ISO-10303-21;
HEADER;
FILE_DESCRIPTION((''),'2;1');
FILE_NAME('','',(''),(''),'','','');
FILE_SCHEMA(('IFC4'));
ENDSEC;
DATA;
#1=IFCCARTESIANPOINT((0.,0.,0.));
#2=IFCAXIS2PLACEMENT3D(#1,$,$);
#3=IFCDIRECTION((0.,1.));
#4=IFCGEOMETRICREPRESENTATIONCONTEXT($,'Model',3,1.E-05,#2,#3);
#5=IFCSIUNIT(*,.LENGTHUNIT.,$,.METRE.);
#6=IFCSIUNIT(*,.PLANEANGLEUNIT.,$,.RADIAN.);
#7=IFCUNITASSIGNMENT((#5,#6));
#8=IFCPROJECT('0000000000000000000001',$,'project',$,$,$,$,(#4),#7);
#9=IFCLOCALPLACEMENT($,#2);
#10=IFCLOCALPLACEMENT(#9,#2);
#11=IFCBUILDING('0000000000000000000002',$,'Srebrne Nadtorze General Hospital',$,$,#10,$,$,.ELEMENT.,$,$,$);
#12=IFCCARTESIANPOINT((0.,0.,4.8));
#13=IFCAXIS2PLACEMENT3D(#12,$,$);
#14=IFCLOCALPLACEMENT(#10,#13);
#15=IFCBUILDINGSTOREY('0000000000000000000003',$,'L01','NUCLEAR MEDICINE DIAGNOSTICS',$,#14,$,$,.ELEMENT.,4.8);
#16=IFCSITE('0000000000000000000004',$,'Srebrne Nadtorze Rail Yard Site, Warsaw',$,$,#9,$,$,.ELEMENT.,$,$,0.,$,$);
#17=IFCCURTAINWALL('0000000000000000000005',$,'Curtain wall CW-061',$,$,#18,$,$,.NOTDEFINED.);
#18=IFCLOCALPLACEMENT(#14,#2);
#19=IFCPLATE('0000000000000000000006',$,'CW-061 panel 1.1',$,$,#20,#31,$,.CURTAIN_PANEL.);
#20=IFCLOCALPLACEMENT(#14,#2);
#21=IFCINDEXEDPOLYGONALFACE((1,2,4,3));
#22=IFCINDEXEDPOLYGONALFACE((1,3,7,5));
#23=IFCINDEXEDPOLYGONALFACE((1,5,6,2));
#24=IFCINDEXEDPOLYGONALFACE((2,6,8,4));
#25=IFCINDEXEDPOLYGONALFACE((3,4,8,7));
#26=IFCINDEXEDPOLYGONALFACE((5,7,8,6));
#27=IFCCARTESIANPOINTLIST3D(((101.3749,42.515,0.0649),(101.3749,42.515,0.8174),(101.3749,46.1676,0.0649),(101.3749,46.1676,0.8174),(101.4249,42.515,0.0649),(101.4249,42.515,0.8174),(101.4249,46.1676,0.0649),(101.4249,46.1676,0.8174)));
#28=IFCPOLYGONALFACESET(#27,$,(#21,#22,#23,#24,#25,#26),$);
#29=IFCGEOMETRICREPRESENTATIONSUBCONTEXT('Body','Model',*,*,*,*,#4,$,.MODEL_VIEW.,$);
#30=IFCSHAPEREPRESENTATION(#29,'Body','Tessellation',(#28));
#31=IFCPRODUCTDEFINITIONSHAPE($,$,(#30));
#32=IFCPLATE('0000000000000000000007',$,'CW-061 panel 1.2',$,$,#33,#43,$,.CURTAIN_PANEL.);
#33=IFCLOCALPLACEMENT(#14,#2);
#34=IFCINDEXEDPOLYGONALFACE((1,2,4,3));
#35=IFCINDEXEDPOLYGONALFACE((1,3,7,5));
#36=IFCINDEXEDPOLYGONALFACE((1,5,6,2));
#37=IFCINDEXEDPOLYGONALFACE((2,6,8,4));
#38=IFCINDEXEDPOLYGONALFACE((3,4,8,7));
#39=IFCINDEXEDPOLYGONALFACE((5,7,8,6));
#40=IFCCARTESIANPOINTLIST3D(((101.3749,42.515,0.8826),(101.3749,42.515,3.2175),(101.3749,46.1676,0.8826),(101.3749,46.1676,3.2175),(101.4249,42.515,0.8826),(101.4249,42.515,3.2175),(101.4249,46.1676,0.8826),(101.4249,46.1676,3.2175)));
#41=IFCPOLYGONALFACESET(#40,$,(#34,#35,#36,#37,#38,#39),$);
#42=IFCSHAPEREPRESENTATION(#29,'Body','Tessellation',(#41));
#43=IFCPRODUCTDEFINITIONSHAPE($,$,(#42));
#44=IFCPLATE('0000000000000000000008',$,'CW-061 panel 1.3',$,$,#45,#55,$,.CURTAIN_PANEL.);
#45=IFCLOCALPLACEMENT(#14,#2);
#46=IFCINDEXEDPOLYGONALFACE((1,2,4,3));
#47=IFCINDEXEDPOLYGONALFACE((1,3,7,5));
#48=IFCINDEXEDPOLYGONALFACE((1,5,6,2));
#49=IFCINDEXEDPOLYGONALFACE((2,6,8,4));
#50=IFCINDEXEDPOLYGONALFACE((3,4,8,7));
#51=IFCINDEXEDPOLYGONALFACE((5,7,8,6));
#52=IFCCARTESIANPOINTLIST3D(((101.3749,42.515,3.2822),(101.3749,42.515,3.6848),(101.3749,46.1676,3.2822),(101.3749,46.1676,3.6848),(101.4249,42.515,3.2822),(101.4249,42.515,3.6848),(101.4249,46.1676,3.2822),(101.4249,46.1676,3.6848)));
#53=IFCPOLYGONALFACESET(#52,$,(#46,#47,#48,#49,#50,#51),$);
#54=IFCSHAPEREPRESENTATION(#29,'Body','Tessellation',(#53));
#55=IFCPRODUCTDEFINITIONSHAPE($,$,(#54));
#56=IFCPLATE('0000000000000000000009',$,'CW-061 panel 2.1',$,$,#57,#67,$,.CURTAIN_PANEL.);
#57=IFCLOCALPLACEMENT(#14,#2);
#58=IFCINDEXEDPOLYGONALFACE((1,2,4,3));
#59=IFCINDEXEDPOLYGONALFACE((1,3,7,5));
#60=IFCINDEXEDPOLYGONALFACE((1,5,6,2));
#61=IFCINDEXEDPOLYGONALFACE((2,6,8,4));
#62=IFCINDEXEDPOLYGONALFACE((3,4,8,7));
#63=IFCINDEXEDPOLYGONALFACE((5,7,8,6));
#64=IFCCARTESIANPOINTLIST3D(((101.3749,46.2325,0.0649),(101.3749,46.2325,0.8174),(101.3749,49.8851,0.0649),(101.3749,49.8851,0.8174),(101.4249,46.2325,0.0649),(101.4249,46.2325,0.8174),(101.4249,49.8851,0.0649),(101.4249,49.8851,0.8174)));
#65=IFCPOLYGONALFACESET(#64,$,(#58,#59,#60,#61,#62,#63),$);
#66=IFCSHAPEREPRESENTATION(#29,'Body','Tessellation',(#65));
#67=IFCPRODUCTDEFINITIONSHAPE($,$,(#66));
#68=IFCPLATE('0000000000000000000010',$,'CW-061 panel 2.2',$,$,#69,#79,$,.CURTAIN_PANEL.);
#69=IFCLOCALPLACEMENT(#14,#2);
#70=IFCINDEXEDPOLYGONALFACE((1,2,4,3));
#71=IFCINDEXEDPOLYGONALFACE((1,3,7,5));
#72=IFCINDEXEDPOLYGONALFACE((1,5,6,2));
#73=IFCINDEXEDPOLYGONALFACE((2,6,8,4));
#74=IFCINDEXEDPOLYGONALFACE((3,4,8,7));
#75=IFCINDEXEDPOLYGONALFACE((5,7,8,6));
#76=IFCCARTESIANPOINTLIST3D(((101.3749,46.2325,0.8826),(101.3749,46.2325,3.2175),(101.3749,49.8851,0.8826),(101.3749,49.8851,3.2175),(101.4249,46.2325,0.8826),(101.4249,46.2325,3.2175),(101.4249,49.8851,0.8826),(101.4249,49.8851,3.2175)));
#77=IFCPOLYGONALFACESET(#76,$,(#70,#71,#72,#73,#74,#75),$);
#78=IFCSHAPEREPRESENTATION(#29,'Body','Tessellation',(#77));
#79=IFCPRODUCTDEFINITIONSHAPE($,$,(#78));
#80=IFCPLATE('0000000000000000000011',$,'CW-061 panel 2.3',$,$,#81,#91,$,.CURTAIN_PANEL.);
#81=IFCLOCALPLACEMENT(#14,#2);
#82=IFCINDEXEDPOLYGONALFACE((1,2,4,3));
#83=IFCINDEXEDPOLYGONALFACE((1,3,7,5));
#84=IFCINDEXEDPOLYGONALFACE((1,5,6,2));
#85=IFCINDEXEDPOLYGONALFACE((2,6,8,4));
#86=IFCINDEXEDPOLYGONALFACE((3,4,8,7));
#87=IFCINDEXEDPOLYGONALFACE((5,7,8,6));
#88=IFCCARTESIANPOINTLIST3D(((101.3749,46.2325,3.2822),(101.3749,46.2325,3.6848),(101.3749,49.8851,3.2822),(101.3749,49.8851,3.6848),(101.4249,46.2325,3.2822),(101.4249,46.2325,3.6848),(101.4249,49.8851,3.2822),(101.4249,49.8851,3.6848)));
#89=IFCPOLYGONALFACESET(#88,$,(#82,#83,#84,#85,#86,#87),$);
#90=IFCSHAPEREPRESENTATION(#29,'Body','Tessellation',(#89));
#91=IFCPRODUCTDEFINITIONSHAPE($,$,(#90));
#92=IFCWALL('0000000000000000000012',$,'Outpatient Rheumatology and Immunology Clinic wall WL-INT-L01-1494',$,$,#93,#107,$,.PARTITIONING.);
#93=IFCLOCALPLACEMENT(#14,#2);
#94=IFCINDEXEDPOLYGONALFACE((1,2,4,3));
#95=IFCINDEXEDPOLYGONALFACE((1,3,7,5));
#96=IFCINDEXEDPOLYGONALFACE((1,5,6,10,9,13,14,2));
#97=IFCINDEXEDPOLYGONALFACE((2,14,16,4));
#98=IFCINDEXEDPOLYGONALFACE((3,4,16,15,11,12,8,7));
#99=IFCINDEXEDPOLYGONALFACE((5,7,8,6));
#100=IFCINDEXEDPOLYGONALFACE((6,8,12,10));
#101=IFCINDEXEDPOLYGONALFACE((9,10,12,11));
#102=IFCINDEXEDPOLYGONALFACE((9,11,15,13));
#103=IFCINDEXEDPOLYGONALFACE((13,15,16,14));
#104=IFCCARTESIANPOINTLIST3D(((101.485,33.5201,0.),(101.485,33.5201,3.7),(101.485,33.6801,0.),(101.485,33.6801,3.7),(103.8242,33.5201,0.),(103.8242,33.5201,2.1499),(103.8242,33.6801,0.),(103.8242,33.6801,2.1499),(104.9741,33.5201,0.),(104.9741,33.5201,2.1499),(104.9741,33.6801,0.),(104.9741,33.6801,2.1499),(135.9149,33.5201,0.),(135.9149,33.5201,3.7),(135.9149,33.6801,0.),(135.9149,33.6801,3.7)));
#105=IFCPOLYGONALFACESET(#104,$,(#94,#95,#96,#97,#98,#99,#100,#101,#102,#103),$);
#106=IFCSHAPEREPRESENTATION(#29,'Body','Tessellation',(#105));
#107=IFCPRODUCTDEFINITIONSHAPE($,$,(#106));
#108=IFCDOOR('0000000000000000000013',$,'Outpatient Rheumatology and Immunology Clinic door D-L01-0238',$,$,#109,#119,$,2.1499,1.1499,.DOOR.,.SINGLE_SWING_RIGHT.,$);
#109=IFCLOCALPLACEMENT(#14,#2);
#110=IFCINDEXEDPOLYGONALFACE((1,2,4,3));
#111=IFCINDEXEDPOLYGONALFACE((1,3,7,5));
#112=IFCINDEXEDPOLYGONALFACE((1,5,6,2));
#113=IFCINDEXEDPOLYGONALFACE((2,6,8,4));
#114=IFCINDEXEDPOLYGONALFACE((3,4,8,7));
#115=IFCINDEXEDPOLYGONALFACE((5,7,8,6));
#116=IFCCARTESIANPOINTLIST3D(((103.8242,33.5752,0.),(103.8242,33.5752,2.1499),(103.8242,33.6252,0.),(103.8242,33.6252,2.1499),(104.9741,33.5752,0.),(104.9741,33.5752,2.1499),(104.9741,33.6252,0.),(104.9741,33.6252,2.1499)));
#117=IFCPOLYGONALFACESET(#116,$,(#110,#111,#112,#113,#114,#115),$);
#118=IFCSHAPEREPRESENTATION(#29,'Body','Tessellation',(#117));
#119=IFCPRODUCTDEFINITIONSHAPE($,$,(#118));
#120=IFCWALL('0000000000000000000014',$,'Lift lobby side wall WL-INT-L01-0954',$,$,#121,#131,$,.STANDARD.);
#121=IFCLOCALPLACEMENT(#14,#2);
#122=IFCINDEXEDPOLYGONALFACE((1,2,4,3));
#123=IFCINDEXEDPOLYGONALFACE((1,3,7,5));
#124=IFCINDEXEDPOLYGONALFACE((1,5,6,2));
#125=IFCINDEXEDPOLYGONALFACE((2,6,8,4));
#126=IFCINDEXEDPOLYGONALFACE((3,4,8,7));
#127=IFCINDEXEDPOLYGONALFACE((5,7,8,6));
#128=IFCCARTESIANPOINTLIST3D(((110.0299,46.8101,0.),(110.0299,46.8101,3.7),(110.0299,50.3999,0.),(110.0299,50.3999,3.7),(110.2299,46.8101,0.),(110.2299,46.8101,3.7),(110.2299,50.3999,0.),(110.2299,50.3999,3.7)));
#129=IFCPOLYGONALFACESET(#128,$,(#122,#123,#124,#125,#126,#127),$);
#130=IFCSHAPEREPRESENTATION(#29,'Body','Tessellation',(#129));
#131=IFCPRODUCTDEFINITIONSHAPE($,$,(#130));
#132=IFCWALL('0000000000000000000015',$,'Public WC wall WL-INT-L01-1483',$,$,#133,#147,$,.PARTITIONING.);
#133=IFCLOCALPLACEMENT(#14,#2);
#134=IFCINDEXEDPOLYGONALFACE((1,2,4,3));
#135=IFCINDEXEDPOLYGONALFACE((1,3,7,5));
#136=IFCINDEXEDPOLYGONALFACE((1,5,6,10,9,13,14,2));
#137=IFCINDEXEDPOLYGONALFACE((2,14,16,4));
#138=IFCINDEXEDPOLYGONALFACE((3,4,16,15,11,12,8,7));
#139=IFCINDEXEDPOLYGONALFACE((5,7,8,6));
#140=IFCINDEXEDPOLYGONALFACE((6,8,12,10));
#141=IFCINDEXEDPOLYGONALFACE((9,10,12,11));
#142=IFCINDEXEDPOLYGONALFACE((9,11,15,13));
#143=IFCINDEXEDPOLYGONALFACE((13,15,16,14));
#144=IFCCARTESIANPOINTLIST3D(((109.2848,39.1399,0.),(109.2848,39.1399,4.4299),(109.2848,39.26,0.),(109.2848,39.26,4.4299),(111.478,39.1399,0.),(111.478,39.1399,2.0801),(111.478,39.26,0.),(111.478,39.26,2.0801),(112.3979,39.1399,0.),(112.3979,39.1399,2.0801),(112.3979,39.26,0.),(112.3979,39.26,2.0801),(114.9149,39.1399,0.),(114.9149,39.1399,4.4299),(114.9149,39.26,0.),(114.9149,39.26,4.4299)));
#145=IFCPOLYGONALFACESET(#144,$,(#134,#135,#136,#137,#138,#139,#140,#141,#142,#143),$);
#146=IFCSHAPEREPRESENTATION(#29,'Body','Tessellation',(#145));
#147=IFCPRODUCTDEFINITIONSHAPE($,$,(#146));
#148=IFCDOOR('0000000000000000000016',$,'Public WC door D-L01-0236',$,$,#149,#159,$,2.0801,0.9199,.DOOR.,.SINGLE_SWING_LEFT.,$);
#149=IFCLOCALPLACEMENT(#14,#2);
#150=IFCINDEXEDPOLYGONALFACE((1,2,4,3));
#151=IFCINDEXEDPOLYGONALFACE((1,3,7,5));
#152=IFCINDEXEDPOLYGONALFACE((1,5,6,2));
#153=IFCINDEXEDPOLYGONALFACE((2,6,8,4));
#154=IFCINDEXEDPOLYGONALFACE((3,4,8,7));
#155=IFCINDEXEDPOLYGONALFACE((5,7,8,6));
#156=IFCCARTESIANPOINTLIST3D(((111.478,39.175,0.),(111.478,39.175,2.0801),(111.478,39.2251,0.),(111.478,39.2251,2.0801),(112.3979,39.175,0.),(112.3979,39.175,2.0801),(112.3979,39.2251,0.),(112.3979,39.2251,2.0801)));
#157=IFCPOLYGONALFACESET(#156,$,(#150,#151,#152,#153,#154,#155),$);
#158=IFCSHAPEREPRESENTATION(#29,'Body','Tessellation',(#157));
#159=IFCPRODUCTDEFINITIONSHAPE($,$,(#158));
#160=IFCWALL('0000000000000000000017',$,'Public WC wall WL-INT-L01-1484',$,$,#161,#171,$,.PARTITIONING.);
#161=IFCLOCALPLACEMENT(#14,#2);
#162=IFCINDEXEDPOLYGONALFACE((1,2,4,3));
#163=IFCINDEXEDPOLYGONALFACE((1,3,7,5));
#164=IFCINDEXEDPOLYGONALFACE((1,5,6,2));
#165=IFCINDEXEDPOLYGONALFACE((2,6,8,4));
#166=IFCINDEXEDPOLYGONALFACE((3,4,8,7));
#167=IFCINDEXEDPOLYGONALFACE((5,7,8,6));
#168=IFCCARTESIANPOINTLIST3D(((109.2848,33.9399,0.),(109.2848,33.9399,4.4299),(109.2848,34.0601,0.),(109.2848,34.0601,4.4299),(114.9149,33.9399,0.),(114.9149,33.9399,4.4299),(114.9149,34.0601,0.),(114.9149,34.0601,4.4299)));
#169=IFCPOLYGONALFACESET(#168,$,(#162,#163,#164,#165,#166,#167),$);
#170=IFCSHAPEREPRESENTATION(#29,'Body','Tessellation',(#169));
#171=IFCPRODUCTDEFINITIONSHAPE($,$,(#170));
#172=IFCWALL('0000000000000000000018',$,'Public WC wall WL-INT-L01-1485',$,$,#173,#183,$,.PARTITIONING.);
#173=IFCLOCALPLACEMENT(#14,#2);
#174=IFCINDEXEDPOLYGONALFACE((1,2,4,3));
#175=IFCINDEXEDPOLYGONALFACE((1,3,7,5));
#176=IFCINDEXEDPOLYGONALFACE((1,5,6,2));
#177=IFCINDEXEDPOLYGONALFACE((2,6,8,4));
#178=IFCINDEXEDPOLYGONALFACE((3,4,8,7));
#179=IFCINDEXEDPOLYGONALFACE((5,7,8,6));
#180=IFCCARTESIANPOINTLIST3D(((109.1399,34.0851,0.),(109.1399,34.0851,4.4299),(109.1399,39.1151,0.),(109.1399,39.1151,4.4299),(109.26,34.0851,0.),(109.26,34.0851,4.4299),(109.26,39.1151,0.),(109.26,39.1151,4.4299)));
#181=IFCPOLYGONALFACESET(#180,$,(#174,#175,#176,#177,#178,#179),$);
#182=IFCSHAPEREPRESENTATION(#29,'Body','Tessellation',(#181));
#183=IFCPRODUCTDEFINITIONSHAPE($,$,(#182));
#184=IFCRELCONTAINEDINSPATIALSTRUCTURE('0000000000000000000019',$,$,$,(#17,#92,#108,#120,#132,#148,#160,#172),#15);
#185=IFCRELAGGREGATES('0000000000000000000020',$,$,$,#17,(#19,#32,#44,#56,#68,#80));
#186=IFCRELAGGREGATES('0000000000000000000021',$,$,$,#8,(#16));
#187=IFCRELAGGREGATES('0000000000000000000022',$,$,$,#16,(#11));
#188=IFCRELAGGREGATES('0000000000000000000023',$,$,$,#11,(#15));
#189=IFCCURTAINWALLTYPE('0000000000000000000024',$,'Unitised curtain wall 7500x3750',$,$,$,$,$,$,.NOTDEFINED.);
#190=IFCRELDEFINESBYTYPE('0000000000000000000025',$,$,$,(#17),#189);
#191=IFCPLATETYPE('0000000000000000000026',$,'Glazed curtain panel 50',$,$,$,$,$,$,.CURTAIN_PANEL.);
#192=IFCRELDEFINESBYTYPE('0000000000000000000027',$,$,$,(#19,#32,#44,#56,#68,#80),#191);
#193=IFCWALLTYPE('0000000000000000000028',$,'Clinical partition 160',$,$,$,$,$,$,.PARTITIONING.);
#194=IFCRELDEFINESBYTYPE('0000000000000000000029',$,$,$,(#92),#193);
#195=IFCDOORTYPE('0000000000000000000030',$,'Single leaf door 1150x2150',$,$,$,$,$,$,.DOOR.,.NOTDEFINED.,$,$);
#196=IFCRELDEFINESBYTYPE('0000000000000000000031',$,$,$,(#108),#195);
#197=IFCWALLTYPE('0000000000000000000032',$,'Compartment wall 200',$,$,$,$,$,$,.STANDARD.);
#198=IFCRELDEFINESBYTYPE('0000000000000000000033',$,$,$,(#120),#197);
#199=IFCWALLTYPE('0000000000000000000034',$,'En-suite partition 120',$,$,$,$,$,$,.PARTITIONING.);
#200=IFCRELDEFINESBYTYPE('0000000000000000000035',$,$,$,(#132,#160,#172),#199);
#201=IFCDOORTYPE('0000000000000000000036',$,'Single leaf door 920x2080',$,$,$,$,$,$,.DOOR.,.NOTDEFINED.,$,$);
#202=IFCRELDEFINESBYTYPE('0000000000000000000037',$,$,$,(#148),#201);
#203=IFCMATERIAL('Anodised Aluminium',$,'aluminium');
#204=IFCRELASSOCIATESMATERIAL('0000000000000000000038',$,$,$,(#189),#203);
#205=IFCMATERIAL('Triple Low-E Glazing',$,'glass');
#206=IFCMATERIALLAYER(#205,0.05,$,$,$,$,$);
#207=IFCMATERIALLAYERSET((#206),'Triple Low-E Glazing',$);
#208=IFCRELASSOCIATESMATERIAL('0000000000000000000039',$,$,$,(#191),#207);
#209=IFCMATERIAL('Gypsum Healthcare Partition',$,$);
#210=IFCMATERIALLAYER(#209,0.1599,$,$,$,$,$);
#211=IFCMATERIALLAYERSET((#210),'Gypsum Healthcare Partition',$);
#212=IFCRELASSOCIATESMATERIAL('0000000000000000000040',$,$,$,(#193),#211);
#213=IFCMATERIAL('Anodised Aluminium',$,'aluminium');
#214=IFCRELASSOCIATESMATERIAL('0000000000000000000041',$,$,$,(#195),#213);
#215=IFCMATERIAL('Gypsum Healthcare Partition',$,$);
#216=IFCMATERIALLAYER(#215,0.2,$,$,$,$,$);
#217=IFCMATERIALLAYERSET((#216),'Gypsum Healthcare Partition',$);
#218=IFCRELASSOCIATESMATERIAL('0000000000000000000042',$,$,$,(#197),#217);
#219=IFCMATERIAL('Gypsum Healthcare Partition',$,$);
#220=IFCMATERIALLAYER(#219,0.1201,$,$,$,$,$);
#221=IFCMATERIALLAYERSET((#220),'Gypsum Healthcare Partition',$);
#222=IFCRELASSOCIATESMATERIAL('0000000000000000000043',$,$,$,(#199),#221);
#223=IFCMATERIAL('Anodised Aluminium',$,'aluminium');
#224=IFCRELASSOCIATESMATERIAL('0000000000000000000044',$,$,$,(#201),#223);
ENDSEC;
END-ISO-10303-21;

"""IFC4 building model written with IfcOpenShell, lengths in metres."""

from ifc_helpers import new_model, si_unit, direction, frame, frame_2d, origin, origin_2d, place, context, subcontext, project, spatial, rectangle, extrude, material, layer, layer_set, type_object, element, fill, aggregate, save


model = new_model("IFC4")

# Units and contexts
model_context = context("Model", 3, precision=1e-05, world=origin(), true_north=direction((0.0, 1.0)))
body_context = subcontext(model_context, "Body", "Model", "MODEL_VIEW")
ifc_project = project(units=[si_unit("LENGTHUNIT", "METRE"), si_unit("PLANEANGLEUNIT", "RADIAN")], contexts=[model_context])

# Site, building, storey
site_placement = place(None, origin())
site = spatial("IfcSite", under=ifc_project, at=site_placement, Name="Srebrne Nadtorze Rail Yard Site, Warsaw", CompositionType="ELEMENT", RefElevation=0.0)
building_placement = place(site_placement, origin())
building = spatial("IfcBuilding", under=site, at=building_placement, Name="Srebrne Nadtorze General Hospital", CompositionType="ELEMENT")
storey_placement = place(building_placement, frame((0.0, 0.0, 4.8)))
storey = spatial("IfcBuildingStorey", under=building, at=storey_placement, Name="L01", Description="NUCLEAR MEDICINE DIAGNOSTICS", CompositionType="ELEMENT", Elevation=4.8)

# Curtain wall, plates
ifc_material_1 = material(Name="Anodised Aluminium", Category="aluminium")
curtain_wall_type = type_object("IfcCurtainWallType", Name="Unitised curtain wall 7500x3750", PredefinedType="NOTDEFINED", material=ifc_material_1)
curtain_wall_placement = place(storey_placement, origin())
curtain_wall = element("IfcCurtainWall", 1, at=curtain_wall_placement, inside=storey, type_object=curtain_wall_type, Name="Curtain wall CW-061", PredefinedType="NOTDEFINED")
ifc_material_2 = material(Name="Triple Low-E Glazing", Category="glass")
ifc_layer_1 = layer(ifc_material_2, 0.05)
ifc_layer_set_1 = layer_set([ifc_layer_1], Name="Triple Low-E Glazing")
plate_type = type_object("IfcPlateType", Name="Glazed curtain panel 50", PredefinedType="CURTAIN_PANEL", material=ifc_layer_set_1)
plate_1_placement = place(storey_placement, frame((101.3999, 44.3413, 0.0649), z_axis=(0.0, 0.0, 1.0), x_axis=(0.0, 1.0, 0.0)))
plate_1 = element("IfcPlate", 2, at=plate_1_placement, type_object=plate_type, Name="CW-061 panel 1.1", PredefinedType="CURTAIN_PANEL", context=body_context, shape_type="SweptSolid", body=[
    extrude(rectangle(XDim=3.6526, YDim=0.05, at=origin_2d()), origin(), (0.0, 0.0, 1.0), 0.7524),
])
plate_2_placement = place(storey_placement, frame((101.3999, 44.3413, 0.8826), z_axis=(0.0, 0.0, 1.0), x_axis=(0.0, 1.0, 0.0)))
plate_2 = element("IfcPlate", 3, at=plate_2_placement, type_object=plate_type, Name="CW-061 panel 1.2", PredefinedType="CURTAIN_PANEL", context=body_context, shape_type="SweptSolid", body=[
    extrude(rectangle(XDim=3.6526, YDim=0.05, at=origin_2d()), origin(), (0.0, 0.0, 1.0), 2.335),
])
plate_3_placement = place(storey_placement, frame((101.3999, 44.3413, 3.2822), z_axis=(0.0, 0.0, 1.0), x_axis=(0.0, 1.0, 0.0)))
plate_3 = element("IfcPlate", 4, at=plate_3_placement, type_object=plate_type, Name="CW-061 panel 1.3", PredefinedType="CURTAIN_PANEL", context=body_context, shape_type="SweptSolid", body=[
    extrude(rectangle(XDim=3.6526, YDim=0.05, at=origin_2d()), origin(), (0.0, 0.0, 1.0), 0.4026),
])
plate_4_placement = place(storey_placement, frame((101.3999, 48.0588, 0.0649), z_axis=(0.0, 0.0, 1.0), x_axis=(0.0, 1.0, 0.0)))
plate_4 = element("IfcPlate", 5, at=plate_4_placement, type_object=plate_type, Name="CW-061 panel 2.1", PredefinedType="CURTAIN_PANEL", context=body_context, shape_type="SweptSolid", body=[
    extrude(rectangle(XDim=3.6526, YDim=0.05, at=origin_2d()), origin(), (0.0, 0.0, 1.0), 0.7524),
])
plate_5_placement = place(storey_placement, frame((101.3999, 48.0588, 0.8826), z_axis=(0.0, 0.0, 1.0), x_axis=(0.0, 1.0, 0.0)))
plate_5 = element("IfcPlate", 6, at=plate_5_placement, type_object=plate_type, Name="CW-061 panel 2.2", PredefinedType="CURTAIN_PANEL", context=body_context, shape_type="SweptSolid", body=[
    extrude(rectangle(XDim=3.6526, YDim=0.05, at=origin_2d()), origin(), (0.0, 0.0, 1.0), 2.335),
])
plate_6_placement = place(storey_placement, frame((101.3999, 48.0588, 3.2822), z_axis=(0.0, 0.0, 1.0), x_axis=(0.0, 1.0, 0.0)))
plate_6 = element("IfcPlate", 7, at=plate_6_placement, type_object=plate_type, Name="CW-061 panel 2.3", PredefinedType="CURTAIN_PANEL", context=body_context, shape_type="SweptSolid", body=[
    extrude(rectangle(XDim=3.6526, YDim=0.05, at=origin_2d()), origin(), (0.0, 0.0, 1.0), 0.4026),
])
aggregate(curtain_wall, [plate_1, plate_2, plate_3, plate_4, plate_5, plate_6])

# Wall, opening, door
ifc_material_3 = material(Name="Gypsum Healthcare Partition")
ifc_layer_2 = layer(ifc_material_3, 0.1599)
ifc_layer_set_2 = layer_set([ifc_layer_2], Name="Gypsum Healthcare Partition")
wall_type_1 = type_object("IfcWallType", Name="Clinical partition 160", PredefinedType="PARTITIONING", material=ifc_layer_set_2)
wall_1_placement = place(storey_placement, frame((101.4851, 33.6001, 0.0), z_axis=(0.0, 0.0, 1.0), x_axis=(1.0, 0.0, 0.0)))
wall_1 = element("IfcWall", 8, at=wall_1_placement, inside=storey, type_object=wall_type_1, Name="Outpatient Rheumatology and Immunology Clinic wall WL-INT-L01-1494", PredefinedType="PARTITIONING", context=body_context, shape_type="SweptSolid", body=[
    extrude(rectangle(XDim=34.4299, YDim=0.1599, at=frame_2d((17.2148, 0.0))), origin(), (0.0, 0.0, 1.0), 3.7),
])
opening_1_placement = place(wall_1_placement, frame((2.3391, 0.0, 0.0)))
opening_1 = element("IfcOpeningElement", 9, at=opening_1_placement, cuts=wall_1, PredefinedType="OPENING", context=body_context, shape_type="SweptSolid", body=[
    extrude(rectangle(XDim=1.1499, YDim=2.1499, at=frame_2d((0.575, 1.075))), frame((0.0, 0.0918, 0.0), z_axis=(0.0, -1.0, 0.0), x_axis=(1.0, 0.0, 0.0)), (0.0, 0.0, 1.0), 0.1838),
])
ifc_material_4 = material(Name="Anodised Aluminium", Category="aluminium")
door_type_1 = type_object("IfcDoorType", Name="Single leaf door 1150x2150", OperationType="NOTDEFINED", PredefinedType="DOOR", material=ifc_material_4)
door_1_placement = place(opening_1_placement, frame((1.1499, 0.0, 0.0), z_axis=(0.0, 0.0, 1.0), x_axis=(-1.0, 0.0, 0.0)))
door_1 = element("IfcDoor", 10, at=door_1_placement, inside=storey, type_object=door_type_1, Name="Outpatient Rheumatology and Immunology Clinic door D-L01-0238", OperationType="SINGLE_SWING_RIGHT", OverallHeight=2.1499, OverallWidth=1.1499, PredefinedType="DOOR", context=body_context, shape_type="SweptSolid", body=[
    extrude(rectangle(XDim=1.1499, YDim=2.1499, at=frame_2d((0.575, 1.075))), frame((0.0, 0.0249, 0.0), z_axis=(0.0, -1.0, 0.0), x_axis=(1.0, 0.0, 0.0)), (0.0, 0.0, 1.0), 0.05),
])
fill(opening_1, door_1)

# Wall
ifc_material_5 = material(Name="Gypsum Healthcare Partition")
ifc_layer_3 = layer(ifc_material_5, 0.2)
ifc_layer_set_3 = layer_set([ifc_layer_3], Name="Gypsum Healthcare Partition")
wall_type_2 = type_object("IfcWallType", Name="Compartment wall 200", PredefinedType="STANDARD", material=ifc_layer_set_3)
wall_2_placement = place(storey_placement, frame((110.1299, 46.8101, 0.0), z_axis=(0.0, 0.0, 1.0), x_axis=(0.0, 1.0, 0.0)))
element("IfcWall", 11, at=wall_2_placement, inside=storey, type_object=wall_type_2, Name="Lift lobby side wall WL-INT-L01-0954", PredefinedType="STANDARD", context=body_context, shape_type="SweptSolid", body=[
    extrude(rectangle(XDim=3.5898, YDim=0.2, at=frame_2d((1.7949, 0.0))), origin(), (0.0, 0.0, 1.0), 3.7),
])

# Wall, opening, door
ifc_material_6 = material(Name="Gypsum Healthcare Partition")
ifc_layer_4 = layer(ifc_material_6, 0.1201)
ifc_layer_set_4 = layer_set([ifc_layer_4], Name="Gypsum Healthcare Partition")
wall_type_3 = type_object("IfcWallType", Name="En-suite partition 120", PredefinedType="PARTITIONING", material=ifc_layer_set_4)
wall_3_placement = place(storey_placement, frame((109.2849, 39.2, 0.0), z_axis=(0.0, 0.0, 1.0), x_axis=(1.0, 0.0, 0.0)))
wall_3 = element("IfcWall", 12, at=wall_3_placement, inside=storey, type_object=wall_type_3, Name="Public WC wall WL-INT-L01-1483", PredefinedType="PARTITIONING", context=body_context, shape_type="SweptSolid", body=[
    extrude(rectangle(XDim=5.6301, YDim=0.1201, at=frame_2d((2.8149, 0.0))), origin(), (0.0, 0.0, 1.0), 4.4299),
])
opening_2_placement = place(wall_3_placement, frame((2.1931, 0.0, 0.0)))
opening_2 = element("IfcOpeningElement", 13, at=opening_2_placement, cuts=wall_3, PredefinedType="OPENING", context=body_context, shape_type="SweptSolid", body=[
    extrude(rectangle(XDim=0.9199, YDim=2.0801, at=frame_2d((0.46, 1.04))), frame((0.0, 0.072, 0.0), z_axis=(0.0, -1.0, 0.0), x_axis=(1.0, 0.0, 0.0)), (0.0, 0.0, 1.0), 0.144),
])
ifc_material_7 = material(Name="Anodised Aluminium", Category="aluminium")
door_type_2 = type_object("IfcDoorType", Name="Single leaf door 920x2080", OperationType="NOTDEFINED", PredefinedType="DOOR", material=ifc_material_7)
door_2_placement = place(opening_2_placement, frame((0.9199, 0.0, 0.0), z_axis=(0.0, 0.0, 1.0), x_axis=(-1.0, 0.0, 0.0)))
door_2 = element("IfcDoor", 14, at=door_2_placement, inside=storey, type_object=door_type_2, Name="Public WC door D-L01-0236", OperationType="SINGLE_SWING_LEFT", OverallHeight=2.0801, OverallWidth=0.9199, PredefinedType="DOOR", context=body_context, shape_type="SweptSolid", body=[
    extrude(rectangle(XDim=0.9199, YDim=2.0801, at=frame_2d((0.46, 1.04))), frame((0.0, 0.0249, 0.0), z_axis=(0.0, -1.0, 0.0), x_axis=(1.0, 0.0, 0.0)), (0.0, 0.0, 1.0), 0.05),
])
fill(opening_2, door_2)

# Walls
wall_4_placement = place(storey_placement, frame((109.2849, 34.0, 0.0), z_axis=(0.0, 0.0, 1.0), x_axis=(1.0, 0.0, 0.0)))
element("IfcWall", 15, at=wall_4_placement, inside=storey, type_object=wall_type_3, Name="Public WC wall WL-INT-L01-1484", PredefinedType="PARTITIONING", context=body_context, shape_type="SweptSolid", body=[
    extrude(rectangle(XDim=5.6301, YDim=0.1201, at=frame_2d((2.8149, 0.0))), origin(), (0.0, 0.0, 1.0), 4.4299),
])
wall_5_placement = place(storey_placement, frame((109.2, 34.085, 0.0), z_axis=(0.0, 0.0, 1.0), x_axis=(0.0, 1.0, 0.0)))
element("IfcWall", 16, at=wall_5_placement, inside=storey, type_object=wall_type_3, Name="Public WC wall WL-INT-L01-1485", PredefinedType="PARTITIONING", context=body_context, shape_type="SweptSolid", body=[
    extrude(rectangle(XDim=5.03, YDim=0.1201, at=frame_2d((2.5151, 0.0))), origin(), (0.0, 0.0, 1.0), 4.4299),
])

save(model, "model.ifc")
